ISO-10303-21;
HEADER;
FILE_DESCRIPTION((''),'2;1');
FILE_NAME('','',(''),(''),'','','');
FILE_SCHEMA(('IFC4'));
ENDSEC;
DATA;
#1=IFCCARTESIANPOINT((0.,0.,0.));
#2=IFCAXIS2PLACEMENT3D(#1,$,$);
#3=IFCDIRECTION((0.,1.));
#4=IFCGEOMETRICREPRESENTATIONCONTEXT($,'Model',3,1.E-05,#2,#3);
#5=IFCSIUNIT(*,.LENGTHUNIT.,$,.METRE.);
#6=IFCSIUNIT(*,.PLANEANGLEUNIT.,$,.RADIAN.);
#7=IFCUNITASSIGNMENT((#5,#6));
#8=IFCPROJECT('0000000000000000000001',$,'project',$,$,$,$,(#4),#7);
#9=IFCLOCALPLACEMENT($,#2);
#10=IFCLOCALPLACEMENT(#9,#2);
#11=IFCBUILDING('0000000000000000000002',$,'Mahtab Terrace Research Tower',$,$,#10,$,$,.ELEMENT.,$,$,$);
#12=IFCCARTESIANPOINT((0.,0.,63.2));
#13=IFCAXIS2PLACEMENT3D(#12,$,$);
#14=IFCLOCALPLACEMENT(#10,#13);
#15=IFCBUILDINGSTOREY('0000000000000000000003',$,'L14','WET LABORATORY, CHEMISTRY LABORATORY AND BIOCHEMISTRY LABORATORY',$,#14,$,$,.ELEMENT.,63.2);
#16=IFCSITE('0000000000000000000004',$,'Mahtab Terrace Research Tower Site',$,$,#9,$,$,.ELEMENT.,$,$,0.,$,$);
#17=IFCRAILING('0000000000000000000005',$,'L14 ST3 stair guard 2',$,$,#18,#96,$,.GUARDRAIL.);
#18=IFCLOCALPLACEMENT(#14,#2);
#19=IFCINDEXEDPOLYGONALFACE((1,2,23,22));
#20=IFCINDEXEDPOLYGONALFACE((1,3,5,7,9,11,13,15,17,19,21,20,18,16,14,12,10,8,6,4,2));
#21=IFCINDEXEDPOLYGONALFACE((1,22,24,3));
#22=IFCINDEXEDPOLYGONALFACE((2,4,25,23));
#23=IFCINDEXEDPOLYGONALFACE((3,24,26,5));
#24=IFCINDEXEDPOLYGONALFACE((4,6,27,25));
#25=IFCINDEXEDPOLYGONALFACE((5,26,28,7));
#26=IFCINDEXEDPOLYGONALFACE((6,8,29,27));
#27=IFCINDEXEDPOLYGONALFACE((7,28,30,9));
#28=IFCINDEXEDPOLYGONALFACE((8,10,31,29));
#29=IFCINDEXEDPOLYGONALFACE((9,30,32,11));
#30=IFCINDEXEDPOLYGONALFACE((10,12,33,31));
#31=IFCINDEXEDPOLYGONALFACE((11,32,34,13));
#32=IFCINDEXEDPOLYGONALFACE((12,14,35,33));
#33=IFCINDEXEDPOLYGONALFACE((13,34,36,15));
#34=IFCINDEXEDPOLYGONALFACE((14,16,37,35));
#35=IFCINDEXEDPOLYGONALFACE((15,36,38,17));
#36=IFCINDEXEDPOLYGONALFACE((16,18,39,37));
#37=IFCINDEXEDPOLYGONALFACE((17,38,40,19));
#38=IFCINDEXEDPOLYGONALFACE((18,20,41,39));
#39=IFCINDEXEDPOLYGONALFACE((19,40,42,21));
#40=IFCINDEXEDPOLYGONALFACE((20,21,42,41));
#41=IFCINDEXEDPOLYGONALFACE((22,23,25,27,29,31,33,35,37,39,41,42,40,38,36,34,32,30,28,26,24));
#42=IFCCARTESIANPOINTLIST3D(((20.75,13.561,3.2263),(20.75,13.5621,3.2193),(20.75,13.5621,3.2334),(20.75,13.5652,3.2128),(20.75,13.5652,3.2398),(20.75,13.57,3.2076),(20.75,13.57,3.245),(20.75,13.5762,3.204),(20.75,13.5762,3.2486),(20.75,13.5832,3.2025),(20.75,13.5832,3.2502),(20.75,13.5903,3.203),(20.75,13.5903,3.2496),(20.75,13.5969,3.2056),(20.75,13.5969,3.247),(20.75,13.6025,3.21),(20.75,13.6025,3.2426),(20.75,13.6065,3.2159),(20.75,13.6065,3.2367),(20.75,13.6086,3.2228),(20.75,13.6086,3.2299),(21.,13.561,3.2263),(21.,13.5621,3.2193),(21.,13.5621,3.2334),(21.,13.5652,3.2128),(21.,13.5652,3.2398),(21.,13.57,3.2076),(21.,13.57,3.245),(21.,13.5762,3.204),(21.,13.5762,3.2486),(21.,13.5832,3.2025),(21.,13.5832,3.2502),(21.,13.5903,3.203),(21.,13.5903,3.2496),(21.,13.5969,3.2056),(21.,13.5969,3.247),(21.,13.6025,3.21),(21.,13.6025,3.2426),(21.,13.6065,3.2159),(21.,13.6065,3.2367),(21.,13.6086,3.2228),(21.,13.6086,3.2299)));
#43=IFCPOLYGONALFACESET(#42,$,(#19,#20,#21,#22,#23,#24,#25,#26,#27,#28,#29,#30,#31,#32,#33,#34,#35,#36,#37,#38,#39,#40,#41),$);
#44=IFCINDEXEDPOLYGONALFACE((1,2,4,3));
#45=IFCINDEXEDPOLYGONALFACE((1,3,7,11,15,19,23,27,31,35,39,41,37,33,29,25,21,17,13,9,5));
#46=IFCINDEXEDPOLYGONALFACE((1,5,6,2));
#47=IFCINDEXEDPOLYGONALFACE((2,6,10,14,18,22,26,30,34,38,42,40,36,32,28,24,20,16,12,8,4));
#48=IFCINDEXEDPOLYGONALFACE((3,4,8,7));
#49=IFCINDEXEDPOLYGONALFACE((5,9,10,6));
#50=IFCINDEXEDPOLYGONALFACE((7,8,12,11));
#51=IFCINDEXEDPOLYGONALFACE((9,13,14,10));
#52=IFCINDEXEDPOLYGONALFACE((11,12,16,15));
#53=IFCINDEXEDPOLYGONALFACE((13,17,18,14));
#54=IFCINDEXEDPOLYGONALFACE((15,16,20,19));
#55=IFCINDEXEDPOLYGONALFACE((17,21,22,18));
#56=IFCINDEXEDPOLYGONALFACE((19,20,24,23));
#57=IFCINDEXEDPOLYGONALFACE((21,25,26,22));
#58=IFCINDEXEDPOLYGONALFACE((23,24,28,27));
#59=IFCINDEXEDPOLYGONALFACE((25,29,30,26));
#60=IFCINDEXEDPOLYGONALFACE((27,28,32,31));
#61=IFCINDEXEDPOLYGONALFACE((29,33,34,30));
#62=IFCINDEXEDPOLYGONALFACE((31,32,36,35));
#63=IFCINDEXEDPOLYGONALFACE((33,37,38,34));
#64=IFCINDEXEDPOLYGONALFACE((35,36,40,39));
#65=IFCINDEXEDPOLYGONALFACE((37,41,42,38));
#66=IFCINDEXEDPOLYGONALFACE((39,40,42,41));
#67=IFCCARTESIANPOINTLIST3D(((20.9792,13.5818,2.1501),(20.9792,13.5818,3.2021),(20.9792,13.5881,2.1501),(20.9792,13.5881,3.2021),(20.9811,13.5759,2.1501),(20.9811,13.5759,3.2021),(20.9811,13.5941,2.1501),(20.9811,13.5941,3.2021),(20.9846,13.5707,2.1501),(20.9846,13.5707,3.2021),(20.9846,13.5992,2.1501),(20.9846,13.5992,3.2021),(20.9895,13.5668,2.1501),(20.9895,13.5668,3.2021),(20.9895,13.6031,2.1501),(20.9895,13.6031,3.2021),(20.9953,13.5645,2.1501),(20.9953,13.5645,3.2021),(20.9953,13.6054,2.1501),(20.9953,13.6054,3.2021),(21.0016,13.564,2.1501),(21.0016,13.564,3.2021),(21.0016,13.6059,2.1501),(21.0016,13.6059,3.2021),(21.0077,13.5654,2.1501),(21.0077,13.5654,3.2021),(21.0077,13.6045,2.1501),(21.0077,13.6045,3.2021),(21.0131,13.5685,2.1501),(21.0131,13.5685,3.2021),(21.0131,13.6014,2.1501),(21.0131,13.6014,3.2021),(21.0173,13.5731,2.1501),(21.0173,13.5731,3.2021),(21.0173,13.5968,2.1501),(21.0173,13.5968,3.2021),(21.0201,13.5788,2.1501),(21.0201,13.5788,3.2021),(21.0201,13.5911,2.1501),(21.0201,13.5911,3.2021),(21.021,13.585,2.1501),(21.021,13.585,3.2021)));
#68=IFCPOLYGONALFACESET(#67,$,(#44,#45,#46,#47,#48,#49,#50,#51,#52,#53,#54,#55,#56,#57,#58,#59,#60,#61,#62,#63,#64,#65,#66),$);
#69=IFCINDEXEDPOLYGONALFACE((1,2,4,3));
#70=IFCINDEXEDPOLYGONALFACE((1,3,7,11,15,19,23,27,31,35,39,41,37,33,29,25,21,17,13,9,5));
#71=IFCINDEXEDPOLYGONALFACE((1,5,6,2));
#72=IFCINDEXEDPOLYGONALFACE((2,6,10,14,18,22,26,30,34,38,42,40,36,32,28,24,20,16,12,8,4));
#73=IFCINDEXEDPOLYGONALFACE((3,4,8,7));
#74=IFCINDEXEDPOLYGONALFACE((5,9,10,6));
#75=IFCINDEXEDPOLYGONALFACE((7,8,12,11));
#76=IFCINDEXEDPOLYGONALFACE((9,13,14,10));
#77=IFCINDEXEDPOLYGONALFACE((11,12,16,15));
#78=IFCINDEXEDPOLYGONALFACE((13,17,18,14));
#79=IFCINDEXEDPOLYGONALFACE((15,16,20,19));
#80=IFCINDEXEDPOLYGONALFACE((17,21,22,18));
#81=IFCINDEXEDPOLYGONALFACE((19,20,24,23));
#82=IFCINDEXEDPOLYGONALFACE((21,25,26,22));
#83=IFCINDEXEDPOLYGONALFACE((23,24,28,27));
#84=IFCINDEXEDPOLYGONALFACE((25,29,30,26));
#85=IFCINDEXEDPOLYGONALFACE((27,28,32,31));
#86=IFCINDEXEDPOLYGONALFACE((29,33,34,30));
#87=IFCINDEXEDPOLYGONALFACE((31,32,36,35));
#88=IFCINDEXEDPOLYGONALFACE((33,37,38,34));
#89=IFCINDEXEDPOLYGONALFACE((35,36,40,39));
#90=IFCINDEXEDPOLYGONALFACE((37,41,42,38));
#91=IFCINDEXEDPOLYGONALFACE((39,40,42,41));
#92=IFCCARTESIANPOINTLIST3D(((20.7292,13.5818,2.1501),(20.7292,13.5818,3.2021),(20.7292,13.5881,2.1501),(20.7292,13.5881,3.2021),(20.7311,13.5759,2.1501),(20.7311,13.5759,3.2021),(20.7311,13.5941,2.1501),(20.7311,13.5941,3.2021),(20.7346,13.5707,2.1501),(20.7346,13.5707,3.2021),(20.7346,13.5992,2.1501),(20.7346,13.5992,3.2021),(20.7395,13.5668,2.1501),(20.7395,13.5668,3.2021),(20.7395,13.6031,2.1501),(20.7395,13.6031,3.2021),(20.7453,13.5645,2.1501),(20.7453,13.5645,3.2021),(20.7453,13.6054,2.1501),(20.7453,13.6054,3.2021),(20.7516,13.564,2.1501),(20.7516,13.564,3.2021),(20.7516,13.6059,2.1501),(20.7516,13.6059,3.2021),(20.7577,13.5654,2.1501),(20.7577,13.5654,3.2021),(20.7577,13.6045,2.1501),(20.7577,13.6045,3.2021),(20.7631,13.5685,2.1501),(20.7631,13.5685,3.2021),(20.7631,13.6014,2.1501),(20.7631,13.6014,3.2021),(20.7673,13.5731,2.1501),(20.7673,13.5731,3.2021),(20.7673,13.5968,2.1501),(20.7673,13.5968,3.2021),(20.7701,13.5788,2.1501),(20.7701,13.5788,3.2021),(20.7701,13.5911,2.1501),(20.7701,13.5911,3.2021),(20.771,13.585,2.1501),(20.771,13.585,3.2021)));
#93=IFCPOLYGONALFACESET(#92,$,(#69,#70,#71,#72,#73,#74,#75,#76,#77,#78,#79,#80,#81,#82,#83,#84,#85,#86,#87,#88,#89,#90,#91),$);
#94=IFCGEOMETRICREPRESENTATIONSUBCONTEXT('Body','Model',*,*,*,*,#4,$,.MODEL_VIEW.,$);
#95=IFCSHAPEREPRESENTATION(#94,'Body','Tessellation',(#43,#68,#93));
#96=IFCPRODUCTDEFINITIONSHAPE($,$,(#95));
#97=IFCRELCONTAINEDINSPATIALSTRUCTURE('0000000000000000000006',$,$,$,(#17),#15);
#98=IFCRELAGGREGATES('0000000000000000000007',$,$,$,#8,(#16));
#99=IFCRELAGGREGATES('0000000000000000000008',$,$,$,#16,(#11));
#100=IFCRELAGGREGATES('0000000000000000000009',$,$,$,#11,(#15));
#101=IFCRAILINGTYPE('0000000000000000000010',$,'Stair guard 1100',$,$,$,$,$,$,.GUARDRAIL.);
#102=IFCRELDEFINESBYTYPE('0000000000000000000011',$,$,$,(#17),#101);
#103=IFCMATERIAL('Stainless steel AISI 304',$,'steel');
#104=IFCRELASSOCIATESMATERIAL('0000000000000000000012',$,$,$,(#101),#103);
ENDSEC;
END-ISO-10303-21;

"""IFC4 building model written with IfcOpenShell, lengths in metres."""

from ifc_helpers import new_model, si_unit, direction, frame, origin, origin_2d, place, context, subcontext, project, spatial, circle, extrude, material, type_object, element, save


model = new_model("IFC4")

# Units and contexts
model_context = context("Model", 3, precision=1e-05, world=origin(), true_north=direction((0.0, 1.0)))
body_context = subcontext(model_context, "Body", "Model", "MODEL_VIEW")
ifc_project = project(units=[si_unit("LENGTHUNIT", "METRE"), si_unit("PLANEANGLEUNIT", "RADIAN")], contexts=[model_context])

# Site, building, storey
site_placement = place(None, origin())
site = spatial("IfcSite", under=ifc_project, at=site_placement, Name="Mahtab Terrace Research Tower Site", CompositionType="ELEMENT", RefElevation=0.0)
building_placement = place(site_placement, origin())
building = spatial("IfcBuilding", under=site, at=building_placement, Name="Mahtab Terrace Research Tower", CompositionType="ELEMENT")
storey_placement = place(building_placement, frame((0.0, 0.0, 63.2)))
storey = spatial("IfcBuildingStorey", under=building, at=storey_placement, Name="L14", Description="WET LABORATORY, CHEMISTRY LABORATORY AND BIOCHEMISTRY LABORATORY", CompositionType="ELEMENT", Elevation=63.2)

# Shared definitions
ifc_material_1 = material(Name="Stainless steel AISI 304", Category="steel")

# Railing
railing_type_1 = type_object("IfcRailingType", Name="Stair guard 1100", PredefinedType="GUARDRAIL", material=ifc_material_1)
railing_1_placement = place(storey_placement, frame((21.0, 13.585, 2.1501)))
element("IfcRailing", 1, at=railing_1_placement, inside=storey, type_object=railing_type_1, Name="L14 ST3 stair guard 2", PredefinedType="GUARDRAIL", context=body_context, shape_type="SweptSolid", body=[
    extrude(circle(Radius=0.0239, at=origin_2d()), frame((0.0, 0.0, 1.0762), z_axis=(-1.0, 0.0, 0.0), x_axis=(0.0, -1.0, 0.0)), (0.0, 0.0, 1.0), 0.25),
    extrude(circle(Radius=0.021, at=origin_2d()), origin(), (0.0, 0.0, 1.0), 1.052),
    extrude(circle(Radius=0.021, at=origin_2d()), frame((-0.25, 0.0, 0.0)), (0.0, 0.0, 1.0), 1.052),
])

save(model, "model.ifc")
